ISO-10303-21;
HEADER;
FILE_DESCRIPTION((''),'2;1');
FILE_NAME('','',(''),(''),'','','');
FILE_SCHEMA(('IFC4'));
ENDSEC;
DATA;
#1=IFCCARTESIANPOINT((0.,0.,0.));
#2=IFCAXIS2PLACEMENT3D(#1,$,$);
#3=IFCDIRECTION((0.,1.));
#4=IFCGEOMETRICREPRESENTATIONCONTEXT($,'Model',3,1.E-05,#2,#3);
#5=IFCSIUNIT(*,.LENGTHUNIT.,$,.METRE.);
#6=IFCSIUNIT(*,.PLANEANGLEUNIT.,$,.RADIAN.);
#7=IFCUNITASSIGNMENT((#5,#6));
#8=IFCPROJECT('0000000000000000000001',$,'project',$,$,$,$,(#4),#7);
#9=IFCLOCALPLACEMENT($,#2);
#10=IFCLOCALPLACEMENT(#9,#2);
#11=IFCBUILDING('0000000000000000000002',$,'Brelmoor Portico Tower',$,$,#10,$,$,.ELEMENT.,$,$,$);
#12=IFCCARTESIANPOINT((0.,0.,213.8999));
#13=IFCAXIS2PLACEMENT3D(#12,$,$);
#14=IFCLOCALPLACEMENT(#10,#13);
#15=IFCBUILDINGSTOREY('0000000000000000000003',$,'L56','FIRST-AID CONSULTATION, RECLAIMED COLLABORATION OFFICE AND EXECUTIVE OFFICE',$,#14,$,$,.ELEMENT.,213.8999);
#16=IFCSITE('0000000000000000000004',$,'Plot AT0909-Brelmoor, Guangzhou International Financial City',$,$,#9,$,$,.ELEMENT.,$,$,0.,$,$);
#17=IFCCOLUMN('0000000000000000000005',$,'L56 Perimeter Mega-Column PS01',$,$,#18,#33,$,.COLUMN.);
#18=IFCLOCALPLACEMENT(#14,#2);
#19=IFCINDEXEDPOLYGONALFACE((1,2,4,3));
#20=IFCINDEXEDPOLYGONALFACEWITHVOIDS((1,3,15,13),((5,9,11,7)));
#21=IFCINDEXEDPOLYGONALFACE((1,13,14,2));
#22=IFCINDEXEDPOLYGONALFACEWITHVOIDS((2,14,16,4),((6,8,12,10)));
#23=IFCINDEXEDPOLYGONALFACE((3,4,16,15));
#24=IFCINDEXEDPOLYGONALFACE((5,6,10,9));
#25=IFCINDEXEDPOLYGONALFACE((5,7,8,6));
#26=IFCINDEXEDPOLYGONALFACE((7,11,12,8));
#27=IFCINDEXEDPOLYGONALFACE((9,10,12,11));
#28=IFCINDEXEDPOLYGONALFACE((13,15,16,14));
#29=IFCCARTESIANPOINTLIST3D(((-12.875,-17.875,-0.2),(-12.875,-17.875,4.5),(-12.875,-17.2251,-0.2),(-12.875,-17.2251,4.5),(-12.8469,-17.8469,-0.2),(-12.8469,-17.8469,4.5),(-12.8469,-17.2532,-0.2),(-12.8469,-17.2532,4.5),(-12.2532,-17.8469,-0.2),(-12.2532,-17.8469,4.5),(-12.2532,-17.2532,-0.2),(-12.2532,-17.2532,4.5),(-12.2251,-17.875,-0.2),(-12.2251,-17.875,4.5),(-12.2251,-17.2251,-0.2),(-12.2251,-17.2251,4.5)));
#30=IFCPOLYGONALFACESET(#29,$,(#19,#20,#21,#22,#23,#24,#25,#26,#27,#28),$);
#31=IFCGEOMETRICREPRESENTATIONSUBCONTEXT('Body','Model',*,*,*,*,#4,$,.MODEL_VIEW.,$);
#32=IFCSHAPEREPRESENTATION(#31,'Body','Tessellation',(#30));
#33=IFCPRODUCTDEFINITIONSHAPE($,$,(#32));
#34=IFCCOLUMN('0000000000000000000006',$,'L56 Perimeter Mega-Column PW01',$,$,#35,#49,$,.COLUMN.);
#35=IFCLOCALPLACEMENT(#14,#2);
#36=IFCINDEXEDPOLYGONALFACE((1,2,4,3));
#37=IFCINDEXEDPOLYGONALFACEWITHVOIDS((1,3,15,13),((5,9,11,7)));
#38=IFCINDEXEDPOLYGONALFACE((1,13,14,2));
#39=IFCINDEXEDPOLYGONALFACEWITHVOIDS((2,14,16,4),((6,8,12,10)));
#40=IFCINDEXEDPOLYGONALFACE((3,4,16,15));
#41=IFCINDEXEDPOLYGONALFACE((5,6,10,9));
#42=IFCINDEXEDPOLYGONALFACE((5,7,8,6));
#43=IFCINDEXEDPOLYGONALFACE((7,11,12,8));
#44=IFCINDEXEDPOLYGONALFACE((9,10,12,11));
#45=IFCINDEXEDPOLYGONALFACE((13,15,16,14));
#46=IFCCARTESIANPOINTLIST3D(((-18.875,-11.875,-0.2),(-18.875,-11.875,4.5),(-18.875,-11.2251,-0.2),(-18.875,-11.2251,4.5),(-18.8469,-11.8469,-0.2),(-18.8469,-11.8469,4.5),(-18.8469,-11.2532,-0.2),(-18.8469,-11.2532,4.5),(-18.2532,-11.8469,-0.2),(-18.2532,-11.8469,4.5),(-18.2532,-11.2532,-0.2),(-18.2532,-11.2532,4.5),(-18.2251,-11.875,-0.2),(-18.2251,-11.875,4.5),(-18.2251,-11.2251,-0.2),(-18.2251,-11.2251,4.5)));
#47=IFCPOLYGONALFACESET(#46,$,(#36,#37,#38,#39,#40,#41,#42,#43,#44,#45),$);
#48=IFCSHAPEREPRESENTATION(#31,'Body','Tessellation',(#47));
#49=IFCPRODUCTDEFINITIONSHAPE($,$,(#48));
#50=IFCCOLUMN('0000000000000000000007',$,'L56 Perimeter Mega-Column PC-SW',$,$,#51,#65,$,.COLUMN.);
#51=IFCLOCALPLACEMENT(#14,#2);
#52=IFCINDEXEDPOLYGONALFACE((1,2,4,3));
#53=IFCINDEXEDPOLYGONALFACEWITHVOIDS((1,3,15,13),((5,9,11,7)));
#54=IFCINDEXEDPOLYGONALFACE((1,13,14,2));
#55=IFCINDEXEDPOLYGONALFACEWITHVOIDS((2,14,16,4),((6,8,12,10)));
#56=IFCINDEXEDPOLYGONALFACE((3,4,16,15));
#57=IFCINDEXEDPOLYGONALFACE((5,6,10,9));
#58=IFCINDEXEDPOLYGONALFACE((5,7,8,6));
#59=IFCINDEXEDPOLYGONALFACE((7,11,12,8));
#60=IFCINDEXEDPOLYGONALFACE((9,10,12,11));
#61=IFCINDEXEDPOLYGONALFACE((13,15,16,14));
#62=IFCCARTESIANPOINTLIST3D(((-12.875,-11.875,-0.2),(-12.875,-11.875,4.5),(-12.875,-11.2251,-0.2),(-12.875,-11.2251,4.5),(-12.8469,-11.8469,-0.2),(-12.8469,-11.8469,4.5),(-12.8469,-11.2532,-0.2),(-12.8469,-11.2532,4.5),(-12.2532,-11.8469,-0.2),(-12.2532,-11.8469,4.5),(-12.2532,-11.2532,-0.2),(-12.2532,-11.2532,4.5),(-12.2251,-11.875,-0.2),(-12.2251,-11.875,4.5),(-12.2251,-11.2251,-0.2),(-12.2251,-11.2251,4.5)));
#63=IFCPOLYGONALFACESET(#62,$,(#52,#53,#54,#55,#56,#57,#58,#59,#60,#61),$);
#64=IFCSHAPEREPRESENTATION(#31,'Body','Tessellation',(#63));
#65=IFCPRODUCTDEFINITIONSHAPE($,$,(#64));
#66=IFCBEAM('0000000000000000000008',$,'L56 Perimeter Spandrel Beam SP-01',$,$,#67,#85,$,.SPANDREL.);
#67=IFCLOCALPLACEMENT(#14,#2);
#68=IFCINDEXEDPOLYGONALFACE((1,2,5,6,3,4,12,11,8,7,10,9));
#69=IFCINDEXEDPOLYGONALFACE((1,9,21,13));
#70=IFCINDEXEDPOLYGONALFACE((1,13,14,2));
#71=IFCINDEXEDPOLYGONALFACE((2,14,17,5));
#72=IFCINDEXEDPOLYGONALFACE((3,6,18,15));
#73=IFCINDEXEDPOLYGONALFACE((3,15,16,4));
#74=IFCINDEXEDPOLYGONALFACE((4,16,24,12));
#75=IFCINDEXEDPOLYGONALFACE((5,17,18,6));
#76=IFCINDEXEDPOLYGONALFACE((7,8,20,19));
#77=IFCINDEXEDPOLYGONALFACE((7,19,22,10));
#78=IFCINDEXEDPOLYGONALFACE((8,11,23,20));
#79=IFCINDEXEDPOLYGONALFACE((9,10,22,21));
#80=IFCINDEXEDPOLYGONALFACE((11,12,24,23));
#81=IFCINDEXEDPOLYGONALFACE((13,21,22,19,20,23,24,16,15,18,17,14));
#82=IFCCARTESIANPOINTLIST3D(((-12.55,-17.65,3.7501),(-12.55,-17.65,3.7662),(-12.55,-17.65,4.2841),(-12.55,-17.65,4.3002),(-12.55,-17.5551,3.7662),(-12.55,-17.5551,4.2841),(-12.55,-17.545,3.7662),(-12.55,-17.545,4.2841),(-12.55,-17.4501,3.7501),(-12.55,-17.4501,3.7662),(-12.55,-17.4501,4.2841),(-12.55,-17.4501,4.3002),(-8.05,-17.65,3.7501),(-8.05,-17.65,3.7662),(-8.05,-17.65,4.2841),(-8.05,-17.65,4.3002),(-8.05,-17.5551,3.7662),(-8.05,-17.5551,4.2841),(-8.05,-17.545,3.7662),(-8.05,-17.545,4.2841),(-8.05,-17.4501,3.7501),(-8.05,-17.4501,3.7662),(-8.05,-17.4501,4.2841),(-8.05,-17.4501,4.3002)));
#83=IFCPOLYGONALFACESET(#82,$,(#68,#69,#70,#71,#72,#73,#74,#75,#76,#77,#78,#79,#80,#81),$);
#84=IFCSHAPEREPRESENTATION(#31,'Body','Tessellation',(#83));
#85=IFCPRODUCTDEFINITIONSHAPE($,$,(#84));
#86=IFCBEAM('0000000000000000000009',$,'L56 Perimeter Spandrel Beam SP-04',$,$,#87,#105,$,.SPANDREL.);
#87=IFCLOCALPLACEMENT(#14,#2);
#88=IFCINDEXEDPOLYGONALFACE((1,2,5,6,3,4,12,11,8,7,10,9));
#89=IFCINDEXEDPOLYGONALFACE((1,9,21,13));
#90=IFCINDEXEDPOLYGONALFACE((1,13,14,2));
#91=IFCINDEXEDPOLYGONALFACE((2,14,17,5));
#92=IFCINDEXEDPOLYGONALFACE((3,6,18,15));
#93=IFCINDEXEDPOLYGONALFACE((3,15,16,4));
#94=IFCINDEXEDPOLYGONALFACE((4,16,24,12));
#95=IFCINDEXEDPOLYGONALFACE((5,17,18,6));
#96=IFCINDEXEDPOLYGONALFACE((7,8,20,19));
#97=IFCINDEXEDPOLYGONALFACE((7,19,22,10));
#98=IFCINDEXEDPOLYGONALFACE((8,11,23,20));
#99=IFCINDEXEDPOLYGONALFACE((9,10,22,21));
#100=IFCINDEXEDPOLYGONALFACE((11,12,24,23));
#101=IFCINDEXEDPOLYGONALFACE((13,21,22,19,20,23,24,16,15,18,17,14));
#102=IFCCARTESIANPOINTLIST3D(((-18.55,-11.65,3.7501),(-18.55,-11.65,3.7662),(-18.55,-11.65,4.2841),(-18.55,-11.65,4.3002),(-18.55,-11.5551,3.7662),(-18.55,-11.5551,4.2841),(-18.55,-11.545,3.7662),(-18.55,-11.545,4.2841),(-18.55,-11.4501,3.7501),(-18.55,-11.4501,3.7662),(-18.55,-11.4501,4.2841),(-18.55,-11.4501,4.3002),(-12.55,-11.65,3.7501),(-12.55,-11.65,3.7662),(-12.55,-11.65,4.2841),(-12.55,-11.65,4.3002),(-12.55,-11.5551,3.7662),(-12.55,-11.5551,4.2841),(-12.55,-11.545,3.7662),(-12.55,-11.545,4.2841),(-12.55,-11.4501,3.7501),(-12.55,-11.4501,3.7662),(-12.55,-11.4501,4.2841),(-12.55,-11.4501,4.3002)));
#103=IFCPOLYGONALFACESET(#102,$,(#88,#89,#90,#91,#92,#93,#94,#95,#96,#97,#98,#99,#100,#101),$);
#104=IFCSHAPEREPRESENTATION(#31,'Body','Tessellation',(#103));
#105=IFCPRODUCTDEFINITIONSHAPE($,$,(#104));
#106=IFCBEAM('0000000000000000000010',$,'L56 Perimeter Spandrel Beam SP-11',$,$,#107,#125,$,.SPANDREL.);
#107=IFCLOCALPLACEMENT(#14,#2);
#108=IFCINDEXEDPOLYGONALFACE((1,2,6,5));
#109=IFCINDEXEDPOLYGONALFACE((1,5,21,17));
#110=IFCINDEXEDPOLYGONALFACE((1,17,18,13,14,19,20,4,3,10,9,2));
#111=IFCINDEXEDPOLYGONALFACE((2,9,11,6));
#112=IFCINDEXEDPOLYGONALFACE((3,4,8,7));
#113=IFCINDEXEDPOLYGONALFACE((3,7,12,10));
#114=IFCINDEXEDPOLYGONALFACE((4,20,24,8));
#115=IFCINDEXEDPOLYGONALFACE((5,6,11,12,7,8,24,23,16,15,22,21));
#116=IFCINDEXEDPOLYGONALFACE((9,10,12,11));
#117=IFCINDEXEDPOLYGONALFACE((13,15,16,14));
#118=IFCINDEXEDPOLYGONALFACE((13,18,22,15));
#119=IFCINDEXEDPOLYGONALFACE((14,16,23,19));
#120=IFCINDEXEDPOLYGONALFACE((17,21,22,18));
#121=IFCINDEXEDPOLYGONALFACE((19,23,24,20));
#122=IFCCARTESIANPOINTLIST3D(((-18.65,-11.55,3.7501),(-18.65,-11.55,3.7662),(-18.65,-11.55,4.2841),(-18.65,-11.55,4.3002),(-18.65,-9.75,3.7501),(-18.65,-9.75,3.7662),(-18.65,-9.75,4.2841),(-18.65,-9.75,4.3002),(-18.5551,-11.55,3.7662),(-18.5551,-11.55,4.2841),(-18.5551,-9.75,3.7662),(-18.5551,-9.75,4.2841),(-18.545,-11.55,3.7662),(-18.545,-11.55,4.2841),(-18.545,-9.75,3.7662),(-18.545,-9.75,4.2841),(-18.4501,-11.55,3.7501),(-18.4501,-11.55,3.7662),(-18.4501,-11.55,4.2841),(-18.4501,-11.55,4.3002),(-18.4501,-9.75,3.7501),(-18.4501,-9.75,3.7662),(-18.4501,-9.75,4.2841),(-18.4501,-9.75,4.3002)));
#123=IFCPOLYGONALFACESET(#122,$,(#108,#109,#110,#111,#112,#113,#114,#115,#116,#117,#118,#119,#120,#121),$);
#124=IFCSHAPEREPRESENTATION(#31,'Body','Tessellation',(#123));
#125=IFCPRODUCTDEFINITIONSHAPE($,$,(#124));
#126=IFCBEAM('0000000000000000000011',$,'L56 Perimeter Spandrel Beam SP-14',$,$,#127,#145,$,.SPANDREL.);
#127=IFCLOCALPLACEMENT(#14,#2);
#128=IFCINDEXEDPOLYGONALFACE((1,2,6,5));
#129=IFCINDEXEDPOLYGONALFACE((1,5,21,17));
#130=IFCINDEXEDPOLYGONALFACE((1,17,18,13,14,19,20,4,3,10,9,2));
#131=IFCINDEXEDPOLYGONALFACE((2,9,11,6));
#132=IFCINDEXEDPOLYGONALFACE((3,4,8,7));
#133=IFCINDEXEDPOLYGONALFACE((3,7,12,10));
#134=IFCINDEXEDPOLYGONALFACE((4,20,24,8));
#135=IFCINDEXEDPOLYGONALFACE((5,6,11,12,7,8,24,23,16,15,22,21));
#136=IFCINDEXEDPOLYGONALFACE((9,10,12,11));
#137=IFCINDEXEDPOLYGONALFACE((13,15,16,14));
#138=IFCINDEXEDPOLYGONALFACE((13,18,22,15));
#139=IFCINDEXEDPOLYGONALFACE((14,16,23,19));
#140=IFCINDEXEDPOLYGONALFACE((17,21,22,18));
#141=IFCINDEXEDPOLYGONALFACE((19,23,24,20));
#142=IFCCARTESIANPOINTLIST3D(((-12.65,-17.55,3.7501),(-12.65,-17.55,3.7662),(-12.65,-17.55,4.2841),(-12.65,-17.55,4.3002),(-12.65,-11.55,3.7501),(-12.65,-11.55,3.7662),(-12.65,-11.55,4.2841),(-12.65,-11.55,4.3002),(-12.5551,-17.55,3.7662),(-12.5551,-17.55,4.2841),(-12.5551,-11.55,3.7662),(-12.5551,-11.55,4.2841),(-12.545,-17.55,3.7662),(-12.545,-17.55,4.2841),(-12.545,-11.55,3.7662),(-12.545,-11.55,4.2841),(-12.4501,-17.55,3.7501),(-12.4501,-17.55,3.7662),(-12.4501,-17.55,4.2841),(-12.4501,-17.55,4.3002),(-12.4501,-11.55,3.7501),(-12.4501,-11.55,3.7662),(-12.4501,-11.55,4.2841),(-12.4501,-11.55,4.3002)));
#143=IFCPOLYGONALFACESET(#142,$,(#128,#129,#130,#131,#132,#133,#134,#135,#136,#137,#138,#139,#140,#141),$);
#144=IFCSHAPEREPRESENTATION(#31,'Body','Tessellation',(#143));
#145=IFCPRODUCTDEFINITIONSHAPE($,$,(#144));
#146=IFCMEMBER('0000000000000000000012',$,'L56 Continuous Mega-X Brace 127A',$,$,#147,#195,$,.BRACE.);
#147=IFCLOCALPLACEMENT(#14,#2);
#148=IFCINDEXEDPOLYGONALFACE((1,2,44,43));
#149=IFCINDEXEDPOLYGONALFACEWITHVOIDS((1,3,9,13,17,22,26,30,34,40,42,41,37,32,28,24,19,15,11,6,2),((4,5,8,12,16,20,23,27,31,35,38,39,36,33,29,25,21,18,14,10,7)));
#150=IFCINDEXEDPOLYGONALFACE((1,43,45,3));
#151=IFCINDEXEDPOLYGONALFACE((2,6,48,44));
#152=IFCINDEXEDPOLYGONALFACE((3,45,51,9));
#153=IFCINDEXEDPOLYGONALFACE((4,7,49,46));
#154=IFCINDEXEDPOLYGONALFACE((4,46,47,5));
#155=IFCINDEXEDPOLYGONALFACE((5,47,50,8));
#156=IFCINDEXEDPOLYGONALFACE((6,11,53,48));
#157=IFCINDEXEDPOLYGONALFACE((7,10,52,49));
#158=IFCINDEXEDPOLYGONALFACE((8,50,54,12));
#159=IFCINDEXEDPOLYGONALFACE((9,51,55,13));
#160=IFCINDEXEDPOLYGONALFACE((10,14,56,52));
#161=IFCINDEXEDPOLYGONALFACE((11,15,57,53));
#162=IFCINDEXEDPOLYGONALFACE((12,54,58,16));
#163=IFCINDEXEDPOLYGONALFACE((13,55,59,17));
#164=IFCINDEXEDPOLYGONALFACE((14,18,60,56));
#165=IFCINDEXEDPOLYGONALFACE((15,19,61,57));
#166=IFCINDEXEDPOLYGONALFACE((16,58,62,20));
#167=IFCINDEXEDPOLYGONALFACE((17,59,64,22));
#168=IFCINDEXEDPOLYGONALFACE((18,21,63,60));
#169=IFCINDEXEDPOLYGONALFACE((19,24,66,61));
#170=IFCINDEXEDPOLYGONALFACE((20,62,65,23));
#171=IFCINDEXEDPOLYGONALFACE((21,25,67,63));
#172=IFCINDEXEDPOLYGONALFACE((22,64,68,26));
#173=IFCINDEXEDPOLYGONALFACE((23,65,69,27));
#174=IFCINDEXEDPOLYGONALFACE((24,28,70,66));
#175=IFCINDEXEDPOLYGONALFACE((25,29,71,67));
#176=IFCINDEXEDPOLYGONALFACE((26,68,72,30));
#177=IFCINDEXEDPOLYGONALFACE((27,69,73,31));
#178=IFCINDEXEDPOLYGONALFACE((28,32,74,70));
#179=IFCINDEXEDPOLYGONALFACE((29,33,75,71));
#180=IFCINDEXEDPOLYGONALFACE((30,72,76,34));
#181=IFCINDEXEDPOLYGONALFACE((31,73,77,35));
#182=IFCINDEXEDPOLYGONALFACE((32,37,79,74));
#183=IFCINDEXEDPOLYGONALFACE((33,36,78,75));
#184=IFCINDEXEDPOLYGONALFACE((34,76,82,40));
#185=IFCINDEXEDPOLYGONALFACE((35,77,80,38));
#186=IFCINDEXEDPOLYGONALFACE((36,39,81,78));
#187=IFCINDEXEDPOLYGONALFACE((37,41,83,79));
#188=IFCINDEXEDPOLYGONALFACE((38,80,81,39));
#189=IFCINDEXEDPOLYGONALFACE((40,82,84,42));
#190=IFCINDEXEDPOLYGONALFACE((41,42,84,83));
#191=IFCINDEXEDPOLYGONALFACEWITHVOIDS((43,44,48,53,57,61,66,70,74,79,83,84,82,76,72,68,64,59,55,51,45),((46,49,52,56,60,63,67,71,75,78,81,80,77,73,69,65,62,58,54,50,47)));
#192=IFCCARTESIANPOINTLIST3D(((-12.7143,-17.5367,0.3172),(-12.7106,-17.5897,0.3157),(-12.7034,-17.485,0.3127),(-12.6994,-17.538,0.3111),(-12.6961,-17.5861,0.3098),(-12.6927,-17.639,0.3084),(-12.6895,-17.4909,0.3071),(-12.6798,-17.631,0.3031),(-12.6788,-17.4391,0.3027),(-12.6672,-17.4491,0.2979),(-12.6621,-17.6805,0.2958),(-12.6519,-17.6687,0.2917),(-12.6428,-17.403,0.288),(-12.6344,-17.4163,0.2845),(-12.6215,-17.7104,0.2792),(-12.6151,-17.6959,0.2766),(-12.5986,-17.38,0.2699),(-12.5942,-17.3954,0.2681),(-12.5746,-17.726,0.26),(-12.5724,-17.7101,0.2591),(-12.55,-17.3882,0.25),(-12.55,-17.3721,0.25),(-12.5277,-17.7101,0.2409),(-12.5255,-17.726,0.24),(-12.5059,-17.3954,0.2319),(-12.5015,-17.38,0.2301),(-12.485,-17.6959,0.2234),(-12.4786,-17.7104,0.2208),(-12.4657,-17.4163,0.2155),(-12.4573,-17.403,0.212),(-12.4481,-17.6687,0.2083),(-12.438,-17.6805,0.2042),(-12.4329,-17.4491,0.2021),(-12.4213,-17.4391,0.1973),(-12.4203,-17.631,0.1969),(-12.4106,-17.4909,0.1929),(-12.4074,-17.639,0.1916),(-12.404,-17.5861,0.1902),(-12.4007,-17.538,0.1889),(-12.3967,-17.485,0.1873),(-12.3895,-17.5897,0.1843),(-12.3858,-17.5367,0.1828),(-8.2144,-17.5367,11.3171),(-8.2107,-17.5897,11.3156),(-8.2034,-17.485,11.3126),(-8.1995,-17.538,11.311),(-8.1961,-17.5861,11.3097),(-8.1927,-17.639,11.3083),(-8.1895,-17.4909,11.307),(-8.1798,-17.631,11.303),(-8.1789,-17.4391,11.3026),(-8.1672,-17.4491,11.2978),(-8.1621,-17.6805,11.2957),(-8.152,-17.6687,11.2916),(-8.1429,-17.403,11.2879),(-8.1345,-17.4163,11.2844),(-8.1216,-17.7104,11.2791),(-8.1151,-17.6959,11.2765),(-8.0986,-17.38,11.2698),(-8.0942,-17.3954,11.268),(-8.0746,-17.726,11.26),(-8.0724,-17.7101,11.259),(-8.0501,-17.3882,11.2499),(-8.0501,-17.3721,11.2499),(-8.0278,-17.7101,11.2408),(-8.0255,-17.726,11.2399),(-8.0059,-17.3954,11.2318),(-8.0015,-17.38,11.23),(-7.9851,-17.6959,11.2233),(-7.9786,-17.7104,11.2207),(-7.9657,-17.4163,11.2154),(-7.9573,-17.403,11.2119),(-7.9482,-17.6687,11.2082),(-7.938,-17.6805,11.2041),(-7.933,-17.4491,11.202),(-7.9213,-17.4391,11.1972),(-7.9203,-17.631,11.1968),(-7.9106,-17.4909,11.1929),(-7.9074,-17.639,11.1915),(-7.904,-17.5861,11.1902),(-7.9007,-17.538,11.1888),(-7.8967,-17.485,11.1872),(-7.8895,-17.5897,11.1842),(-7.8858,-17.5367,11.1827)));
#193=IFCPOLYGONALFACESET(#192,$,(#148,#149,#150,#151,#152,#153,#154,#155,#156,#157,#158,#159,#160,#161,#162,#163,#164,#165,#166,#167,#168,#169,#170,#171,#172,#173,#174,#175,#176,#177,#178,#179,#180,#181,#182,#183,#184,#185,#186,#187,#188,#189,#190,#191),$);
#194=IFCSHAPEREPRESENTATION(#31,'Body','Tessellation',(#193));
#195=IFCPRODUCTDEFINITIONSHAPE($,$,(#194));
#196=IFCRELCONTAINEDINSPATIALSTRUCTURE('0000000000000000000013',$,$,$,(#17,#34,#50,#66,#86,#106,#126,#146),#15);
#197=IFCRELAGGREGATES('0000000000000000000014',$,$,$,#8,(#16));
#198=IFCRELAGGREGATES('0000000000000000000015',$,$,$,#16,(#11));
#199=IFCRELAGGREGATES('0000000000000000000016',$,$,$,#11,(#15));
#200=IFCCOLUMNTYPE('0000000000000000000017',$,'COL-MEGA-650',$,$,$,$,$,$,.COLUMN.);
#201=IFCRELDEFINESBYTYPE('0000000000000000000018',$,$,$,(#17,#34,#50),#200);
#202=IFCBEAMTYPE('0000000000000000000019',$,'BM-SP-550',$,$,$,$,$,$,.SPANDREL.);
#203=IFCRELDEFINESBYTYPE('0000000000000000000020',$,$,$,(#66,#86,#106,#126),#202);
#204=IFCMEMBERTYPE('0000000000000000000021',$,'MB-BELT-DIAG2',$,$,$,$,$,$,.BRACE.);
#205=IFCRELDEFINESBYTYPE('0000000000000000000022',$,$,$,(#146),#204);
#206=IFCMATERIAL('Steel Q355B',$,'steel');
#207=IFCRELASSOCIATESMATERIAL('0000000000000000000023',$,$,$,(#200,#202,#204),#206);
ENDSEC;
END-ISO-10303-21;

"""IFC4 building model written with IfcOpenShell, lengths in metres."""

from ifc_helpers import new_model, si_unit, direction, frame, origin, origin_2d, place, context, subcontext, project, spatial, hollow_rectangle, hollow_circle, i_section, extrude, material, material_profile, profile_set, type_object, element, save


model = new_model("IFC4")

# Units and contexts
model_context = context("Model", 3, precision=1e-05, world=origin(), true_north=direction((0.0, 1.0)))
body_context = subcontext(model_context, "Body", "Model", "MODEL_VIEW")
ifc_project = project(units=[si_unit("LENGTHUNIT", "METRE"), si_unit("PLANEANGLEUNIT", "RADIAN")], contexts=[model_context])

# Site, building, storey
site_placement = place(None, origin())
site = spatial("IfcSite", under=ifc_project, at=site_placement, Name="Plot AT0909-Brelmoor, Guangzhou International Financial City", CompositionType="ELEMENT", RefElevation=0.0)
building_placement = place(site_placement, origin())
building = spatial("IfcBuilding", under=site, at=building_placement, Name="Brelmoor Portico Tower", CompositionType="ELEMENT")
storey_placement = place(building_placement, frame((0.0, 0.0, 213.8999)))
storey = spatial("IfcBuildingStorey", under=building, at=storey_placement, Name="L56", Description="FIRST-AID CONSULTATION, RECLAIMED COLLABORATION OFFICE AND EXECUTIVE OFFICE", CompositionType="ELEMENT", Elevation=213.8999)

# Columns
ifc_material_1 = material(Name="Steel Q355B", Category="steel")
ifc_material_profile_1 = material_profile(ifc_material_1, hollow_rectangle(XDim=0.6499, YDim=0.6499, WallThickness=0.0281, at=origin_2d()), Name="BOX 650x650x28")
ifc_profile_set_1 = profile_set([ifc_material_profile_1], Name="Steel Q355B")
column_type = type_object("IfcColumnType", Name="COL-MEGA-650", PredefinedType="COLUMN", material=ifc_profile_set_1)
for number, where, z_axis, x_axis, name in (
    (1, (-12.55, -17.55, -0.2), (0.0, 0.0, 1.0), (1.0, 0.0, 0.0), "L56 Perimeter Mega-Column PS01"),
    (2, (-18.55, -11.55, -0.2), (0.0, 0.0, 1.0), (0.0, 1.0, 0.0), "L56 Perimeter Mega-Column PW01"),
    (3, (-12.55, -11.55, -0.2), (0.0, 0.0, 1.0), (1.0, 0.0, 0.0), "L56 Perimeter Mega-Column PC-SW"),
):
    element("IfcColumn", number, at=place(storey_placement, frame(where, z_axis=z_axis, x_axis=x_axis)), inside=storey, type_object=column_type, Name=name, PredefinedType="COLUMN", context=body_context, shape_type="SweptSolid", body=[
        extrude(hollow_rectangle(XDim=0.6499, YDim=0.6499, WallThickness=0.0281, at=origin_2d()), origin(), (0.0, 0.0, 1.0), 4.7),
    ])

# Beams
ifc_material_profile_2 = material_profile(ifc_material_1, i_section(OverallWidth=0.2, OverallDepth=0.55, WebThickness=0.01, FlangeThickness=0.0161, at=origin_2d()), Name="HN 550x200x10x16")
ifc_profile_set_2 = profile_set([ifc_material_profile_2], Name="Steel Q355B")
beam_type = type_object("IfcBeamType", Name="BM-SP-550", PredefinedType="SPANDREL", material=ifc_profile_set_2)
beam_1_placement = place(storey_placement, frame((-12.55, -17.55, 4.0251), z_axis=(1.0, 0.0, 0.0), x_axis=(0.0, 1.0, 0.0)))
element("IfcBeam", 4, at=beam_1_placement, inside=storey, type_object=beam_type, Name="L56 Perimeter Spandrel Beam SP-01", PredefinedType="SPANDREL", context=body_context, shape_type="SweptSolid", body=[
    extrude(i_section(OverallWidth=0.2, OverallDepth=0.55, WebThickness=0.01, FlangeThickness=0.0161, at=origin_2d()), origin(), (0.0, 0.0, 1.0), 4.5),
])
beam_2_placement = place(storey_placement, frame((-18.55, -11.55, 4.0251), z_axis=(1.0, 0.0, 0.0), x_axis=(0.0, 1.0, 0.0)))
element("IfcBeam", 5, at=beam_2_placement, inside=storey, type_object=beam_type, Name="L56 Perimeter Spandrel Beam SP-04", PredefinedType="SPANDREL", context=body_context, shape_type="SweptSolid", body=[
    extrude(i_section(OverallWidth=0.2, OverallDepth=0.55, WebThickness=0.01, FlangeThickness=0.0161, at=origin_2d()), origin(), (0.0, 0.0, 1.0), 6.0),
])
beam_3_placement = place(storey_placement, frame((-18.55, -11.55, 4.0251), z_axis=(0.0, 1.0, 0.0), x_axis=(-1.0, 0.0, 0.0)))
element("IfcBeam", 6, at=beam_3_placement, inside=storey, type_object=beam_type, Name="L56 Perimeter Spandrel Beam SP-11", PredefinedType="SPANDREL", context=body_context, shape_type="SweptSolid", body=[
    extrude(i_section(OverallWidth=0.2, OverallDepth=0.55, WebThickness=0.01, FlangeThickness=0.0161, at=origin_2d()), origin(), (0.0, 0.0, 1.0), 1.8),
])
beam_4_placement = place(storey_placement, frame((-12.55, -17.55, 4.0251), z_axis=(0.0, 1.0, 0.0), x_axis=(-1.0, 0.0, 0.0)))
element("IfcBeam", 7, at=beam_4_placement, inside=storey, type_object=beam_type, Name="L56 Perimeter Spandrel Beam SP-14", PredefinedType="SPANDREL", context=body_context, shape_type="SweptSolid", body=[
    extrude(i_section(OverallWidth=0.2, OverallDepth=0.55, WebThickness=0.01, FlangeThickness=0.0161, at=origin_2d()), origin(), (0.0, 0.0, 1.0), 6.0),
])

# Member
ifc_material_profile_3 = material_profile(ifc_material_1, hollow_circle(Radius=0.178, WallThickness=0.0161, at=origin_2d()), Name="CHS 356x16")
ifc_profile_set_3 = profile_set([ifc_material_profile_3], Name="Steel Q355B")
member_type_1 = type_object("IfcMemberType", Name="MB-BELT-DIAG2", PredefinedType="BRACE", material=ifc_profile_set_3)
member_1_placement = place(storey_placement, frame((-12.55, -17.55, 0.25), z_axis=(0.378633, 0.0, 0.925547), x_axis=(0.0, 1.0, 0.0)))
element("IfcMember", 8, at=member_1_placement, inside=storey, type_object=member_type_1, Name="L56 Continuous Mega-X Brace 127A", PredefinedType="BRACE", context=body_context, shape_type="SweptSolid", body=[
    extrude(hollow_circle(Radius=0.178, WallThickness=0.0161, at=origin_2d()), origin(), (0.0, 0.0, 1.0), 11.8848),
])

save(model, "model.ifc")
